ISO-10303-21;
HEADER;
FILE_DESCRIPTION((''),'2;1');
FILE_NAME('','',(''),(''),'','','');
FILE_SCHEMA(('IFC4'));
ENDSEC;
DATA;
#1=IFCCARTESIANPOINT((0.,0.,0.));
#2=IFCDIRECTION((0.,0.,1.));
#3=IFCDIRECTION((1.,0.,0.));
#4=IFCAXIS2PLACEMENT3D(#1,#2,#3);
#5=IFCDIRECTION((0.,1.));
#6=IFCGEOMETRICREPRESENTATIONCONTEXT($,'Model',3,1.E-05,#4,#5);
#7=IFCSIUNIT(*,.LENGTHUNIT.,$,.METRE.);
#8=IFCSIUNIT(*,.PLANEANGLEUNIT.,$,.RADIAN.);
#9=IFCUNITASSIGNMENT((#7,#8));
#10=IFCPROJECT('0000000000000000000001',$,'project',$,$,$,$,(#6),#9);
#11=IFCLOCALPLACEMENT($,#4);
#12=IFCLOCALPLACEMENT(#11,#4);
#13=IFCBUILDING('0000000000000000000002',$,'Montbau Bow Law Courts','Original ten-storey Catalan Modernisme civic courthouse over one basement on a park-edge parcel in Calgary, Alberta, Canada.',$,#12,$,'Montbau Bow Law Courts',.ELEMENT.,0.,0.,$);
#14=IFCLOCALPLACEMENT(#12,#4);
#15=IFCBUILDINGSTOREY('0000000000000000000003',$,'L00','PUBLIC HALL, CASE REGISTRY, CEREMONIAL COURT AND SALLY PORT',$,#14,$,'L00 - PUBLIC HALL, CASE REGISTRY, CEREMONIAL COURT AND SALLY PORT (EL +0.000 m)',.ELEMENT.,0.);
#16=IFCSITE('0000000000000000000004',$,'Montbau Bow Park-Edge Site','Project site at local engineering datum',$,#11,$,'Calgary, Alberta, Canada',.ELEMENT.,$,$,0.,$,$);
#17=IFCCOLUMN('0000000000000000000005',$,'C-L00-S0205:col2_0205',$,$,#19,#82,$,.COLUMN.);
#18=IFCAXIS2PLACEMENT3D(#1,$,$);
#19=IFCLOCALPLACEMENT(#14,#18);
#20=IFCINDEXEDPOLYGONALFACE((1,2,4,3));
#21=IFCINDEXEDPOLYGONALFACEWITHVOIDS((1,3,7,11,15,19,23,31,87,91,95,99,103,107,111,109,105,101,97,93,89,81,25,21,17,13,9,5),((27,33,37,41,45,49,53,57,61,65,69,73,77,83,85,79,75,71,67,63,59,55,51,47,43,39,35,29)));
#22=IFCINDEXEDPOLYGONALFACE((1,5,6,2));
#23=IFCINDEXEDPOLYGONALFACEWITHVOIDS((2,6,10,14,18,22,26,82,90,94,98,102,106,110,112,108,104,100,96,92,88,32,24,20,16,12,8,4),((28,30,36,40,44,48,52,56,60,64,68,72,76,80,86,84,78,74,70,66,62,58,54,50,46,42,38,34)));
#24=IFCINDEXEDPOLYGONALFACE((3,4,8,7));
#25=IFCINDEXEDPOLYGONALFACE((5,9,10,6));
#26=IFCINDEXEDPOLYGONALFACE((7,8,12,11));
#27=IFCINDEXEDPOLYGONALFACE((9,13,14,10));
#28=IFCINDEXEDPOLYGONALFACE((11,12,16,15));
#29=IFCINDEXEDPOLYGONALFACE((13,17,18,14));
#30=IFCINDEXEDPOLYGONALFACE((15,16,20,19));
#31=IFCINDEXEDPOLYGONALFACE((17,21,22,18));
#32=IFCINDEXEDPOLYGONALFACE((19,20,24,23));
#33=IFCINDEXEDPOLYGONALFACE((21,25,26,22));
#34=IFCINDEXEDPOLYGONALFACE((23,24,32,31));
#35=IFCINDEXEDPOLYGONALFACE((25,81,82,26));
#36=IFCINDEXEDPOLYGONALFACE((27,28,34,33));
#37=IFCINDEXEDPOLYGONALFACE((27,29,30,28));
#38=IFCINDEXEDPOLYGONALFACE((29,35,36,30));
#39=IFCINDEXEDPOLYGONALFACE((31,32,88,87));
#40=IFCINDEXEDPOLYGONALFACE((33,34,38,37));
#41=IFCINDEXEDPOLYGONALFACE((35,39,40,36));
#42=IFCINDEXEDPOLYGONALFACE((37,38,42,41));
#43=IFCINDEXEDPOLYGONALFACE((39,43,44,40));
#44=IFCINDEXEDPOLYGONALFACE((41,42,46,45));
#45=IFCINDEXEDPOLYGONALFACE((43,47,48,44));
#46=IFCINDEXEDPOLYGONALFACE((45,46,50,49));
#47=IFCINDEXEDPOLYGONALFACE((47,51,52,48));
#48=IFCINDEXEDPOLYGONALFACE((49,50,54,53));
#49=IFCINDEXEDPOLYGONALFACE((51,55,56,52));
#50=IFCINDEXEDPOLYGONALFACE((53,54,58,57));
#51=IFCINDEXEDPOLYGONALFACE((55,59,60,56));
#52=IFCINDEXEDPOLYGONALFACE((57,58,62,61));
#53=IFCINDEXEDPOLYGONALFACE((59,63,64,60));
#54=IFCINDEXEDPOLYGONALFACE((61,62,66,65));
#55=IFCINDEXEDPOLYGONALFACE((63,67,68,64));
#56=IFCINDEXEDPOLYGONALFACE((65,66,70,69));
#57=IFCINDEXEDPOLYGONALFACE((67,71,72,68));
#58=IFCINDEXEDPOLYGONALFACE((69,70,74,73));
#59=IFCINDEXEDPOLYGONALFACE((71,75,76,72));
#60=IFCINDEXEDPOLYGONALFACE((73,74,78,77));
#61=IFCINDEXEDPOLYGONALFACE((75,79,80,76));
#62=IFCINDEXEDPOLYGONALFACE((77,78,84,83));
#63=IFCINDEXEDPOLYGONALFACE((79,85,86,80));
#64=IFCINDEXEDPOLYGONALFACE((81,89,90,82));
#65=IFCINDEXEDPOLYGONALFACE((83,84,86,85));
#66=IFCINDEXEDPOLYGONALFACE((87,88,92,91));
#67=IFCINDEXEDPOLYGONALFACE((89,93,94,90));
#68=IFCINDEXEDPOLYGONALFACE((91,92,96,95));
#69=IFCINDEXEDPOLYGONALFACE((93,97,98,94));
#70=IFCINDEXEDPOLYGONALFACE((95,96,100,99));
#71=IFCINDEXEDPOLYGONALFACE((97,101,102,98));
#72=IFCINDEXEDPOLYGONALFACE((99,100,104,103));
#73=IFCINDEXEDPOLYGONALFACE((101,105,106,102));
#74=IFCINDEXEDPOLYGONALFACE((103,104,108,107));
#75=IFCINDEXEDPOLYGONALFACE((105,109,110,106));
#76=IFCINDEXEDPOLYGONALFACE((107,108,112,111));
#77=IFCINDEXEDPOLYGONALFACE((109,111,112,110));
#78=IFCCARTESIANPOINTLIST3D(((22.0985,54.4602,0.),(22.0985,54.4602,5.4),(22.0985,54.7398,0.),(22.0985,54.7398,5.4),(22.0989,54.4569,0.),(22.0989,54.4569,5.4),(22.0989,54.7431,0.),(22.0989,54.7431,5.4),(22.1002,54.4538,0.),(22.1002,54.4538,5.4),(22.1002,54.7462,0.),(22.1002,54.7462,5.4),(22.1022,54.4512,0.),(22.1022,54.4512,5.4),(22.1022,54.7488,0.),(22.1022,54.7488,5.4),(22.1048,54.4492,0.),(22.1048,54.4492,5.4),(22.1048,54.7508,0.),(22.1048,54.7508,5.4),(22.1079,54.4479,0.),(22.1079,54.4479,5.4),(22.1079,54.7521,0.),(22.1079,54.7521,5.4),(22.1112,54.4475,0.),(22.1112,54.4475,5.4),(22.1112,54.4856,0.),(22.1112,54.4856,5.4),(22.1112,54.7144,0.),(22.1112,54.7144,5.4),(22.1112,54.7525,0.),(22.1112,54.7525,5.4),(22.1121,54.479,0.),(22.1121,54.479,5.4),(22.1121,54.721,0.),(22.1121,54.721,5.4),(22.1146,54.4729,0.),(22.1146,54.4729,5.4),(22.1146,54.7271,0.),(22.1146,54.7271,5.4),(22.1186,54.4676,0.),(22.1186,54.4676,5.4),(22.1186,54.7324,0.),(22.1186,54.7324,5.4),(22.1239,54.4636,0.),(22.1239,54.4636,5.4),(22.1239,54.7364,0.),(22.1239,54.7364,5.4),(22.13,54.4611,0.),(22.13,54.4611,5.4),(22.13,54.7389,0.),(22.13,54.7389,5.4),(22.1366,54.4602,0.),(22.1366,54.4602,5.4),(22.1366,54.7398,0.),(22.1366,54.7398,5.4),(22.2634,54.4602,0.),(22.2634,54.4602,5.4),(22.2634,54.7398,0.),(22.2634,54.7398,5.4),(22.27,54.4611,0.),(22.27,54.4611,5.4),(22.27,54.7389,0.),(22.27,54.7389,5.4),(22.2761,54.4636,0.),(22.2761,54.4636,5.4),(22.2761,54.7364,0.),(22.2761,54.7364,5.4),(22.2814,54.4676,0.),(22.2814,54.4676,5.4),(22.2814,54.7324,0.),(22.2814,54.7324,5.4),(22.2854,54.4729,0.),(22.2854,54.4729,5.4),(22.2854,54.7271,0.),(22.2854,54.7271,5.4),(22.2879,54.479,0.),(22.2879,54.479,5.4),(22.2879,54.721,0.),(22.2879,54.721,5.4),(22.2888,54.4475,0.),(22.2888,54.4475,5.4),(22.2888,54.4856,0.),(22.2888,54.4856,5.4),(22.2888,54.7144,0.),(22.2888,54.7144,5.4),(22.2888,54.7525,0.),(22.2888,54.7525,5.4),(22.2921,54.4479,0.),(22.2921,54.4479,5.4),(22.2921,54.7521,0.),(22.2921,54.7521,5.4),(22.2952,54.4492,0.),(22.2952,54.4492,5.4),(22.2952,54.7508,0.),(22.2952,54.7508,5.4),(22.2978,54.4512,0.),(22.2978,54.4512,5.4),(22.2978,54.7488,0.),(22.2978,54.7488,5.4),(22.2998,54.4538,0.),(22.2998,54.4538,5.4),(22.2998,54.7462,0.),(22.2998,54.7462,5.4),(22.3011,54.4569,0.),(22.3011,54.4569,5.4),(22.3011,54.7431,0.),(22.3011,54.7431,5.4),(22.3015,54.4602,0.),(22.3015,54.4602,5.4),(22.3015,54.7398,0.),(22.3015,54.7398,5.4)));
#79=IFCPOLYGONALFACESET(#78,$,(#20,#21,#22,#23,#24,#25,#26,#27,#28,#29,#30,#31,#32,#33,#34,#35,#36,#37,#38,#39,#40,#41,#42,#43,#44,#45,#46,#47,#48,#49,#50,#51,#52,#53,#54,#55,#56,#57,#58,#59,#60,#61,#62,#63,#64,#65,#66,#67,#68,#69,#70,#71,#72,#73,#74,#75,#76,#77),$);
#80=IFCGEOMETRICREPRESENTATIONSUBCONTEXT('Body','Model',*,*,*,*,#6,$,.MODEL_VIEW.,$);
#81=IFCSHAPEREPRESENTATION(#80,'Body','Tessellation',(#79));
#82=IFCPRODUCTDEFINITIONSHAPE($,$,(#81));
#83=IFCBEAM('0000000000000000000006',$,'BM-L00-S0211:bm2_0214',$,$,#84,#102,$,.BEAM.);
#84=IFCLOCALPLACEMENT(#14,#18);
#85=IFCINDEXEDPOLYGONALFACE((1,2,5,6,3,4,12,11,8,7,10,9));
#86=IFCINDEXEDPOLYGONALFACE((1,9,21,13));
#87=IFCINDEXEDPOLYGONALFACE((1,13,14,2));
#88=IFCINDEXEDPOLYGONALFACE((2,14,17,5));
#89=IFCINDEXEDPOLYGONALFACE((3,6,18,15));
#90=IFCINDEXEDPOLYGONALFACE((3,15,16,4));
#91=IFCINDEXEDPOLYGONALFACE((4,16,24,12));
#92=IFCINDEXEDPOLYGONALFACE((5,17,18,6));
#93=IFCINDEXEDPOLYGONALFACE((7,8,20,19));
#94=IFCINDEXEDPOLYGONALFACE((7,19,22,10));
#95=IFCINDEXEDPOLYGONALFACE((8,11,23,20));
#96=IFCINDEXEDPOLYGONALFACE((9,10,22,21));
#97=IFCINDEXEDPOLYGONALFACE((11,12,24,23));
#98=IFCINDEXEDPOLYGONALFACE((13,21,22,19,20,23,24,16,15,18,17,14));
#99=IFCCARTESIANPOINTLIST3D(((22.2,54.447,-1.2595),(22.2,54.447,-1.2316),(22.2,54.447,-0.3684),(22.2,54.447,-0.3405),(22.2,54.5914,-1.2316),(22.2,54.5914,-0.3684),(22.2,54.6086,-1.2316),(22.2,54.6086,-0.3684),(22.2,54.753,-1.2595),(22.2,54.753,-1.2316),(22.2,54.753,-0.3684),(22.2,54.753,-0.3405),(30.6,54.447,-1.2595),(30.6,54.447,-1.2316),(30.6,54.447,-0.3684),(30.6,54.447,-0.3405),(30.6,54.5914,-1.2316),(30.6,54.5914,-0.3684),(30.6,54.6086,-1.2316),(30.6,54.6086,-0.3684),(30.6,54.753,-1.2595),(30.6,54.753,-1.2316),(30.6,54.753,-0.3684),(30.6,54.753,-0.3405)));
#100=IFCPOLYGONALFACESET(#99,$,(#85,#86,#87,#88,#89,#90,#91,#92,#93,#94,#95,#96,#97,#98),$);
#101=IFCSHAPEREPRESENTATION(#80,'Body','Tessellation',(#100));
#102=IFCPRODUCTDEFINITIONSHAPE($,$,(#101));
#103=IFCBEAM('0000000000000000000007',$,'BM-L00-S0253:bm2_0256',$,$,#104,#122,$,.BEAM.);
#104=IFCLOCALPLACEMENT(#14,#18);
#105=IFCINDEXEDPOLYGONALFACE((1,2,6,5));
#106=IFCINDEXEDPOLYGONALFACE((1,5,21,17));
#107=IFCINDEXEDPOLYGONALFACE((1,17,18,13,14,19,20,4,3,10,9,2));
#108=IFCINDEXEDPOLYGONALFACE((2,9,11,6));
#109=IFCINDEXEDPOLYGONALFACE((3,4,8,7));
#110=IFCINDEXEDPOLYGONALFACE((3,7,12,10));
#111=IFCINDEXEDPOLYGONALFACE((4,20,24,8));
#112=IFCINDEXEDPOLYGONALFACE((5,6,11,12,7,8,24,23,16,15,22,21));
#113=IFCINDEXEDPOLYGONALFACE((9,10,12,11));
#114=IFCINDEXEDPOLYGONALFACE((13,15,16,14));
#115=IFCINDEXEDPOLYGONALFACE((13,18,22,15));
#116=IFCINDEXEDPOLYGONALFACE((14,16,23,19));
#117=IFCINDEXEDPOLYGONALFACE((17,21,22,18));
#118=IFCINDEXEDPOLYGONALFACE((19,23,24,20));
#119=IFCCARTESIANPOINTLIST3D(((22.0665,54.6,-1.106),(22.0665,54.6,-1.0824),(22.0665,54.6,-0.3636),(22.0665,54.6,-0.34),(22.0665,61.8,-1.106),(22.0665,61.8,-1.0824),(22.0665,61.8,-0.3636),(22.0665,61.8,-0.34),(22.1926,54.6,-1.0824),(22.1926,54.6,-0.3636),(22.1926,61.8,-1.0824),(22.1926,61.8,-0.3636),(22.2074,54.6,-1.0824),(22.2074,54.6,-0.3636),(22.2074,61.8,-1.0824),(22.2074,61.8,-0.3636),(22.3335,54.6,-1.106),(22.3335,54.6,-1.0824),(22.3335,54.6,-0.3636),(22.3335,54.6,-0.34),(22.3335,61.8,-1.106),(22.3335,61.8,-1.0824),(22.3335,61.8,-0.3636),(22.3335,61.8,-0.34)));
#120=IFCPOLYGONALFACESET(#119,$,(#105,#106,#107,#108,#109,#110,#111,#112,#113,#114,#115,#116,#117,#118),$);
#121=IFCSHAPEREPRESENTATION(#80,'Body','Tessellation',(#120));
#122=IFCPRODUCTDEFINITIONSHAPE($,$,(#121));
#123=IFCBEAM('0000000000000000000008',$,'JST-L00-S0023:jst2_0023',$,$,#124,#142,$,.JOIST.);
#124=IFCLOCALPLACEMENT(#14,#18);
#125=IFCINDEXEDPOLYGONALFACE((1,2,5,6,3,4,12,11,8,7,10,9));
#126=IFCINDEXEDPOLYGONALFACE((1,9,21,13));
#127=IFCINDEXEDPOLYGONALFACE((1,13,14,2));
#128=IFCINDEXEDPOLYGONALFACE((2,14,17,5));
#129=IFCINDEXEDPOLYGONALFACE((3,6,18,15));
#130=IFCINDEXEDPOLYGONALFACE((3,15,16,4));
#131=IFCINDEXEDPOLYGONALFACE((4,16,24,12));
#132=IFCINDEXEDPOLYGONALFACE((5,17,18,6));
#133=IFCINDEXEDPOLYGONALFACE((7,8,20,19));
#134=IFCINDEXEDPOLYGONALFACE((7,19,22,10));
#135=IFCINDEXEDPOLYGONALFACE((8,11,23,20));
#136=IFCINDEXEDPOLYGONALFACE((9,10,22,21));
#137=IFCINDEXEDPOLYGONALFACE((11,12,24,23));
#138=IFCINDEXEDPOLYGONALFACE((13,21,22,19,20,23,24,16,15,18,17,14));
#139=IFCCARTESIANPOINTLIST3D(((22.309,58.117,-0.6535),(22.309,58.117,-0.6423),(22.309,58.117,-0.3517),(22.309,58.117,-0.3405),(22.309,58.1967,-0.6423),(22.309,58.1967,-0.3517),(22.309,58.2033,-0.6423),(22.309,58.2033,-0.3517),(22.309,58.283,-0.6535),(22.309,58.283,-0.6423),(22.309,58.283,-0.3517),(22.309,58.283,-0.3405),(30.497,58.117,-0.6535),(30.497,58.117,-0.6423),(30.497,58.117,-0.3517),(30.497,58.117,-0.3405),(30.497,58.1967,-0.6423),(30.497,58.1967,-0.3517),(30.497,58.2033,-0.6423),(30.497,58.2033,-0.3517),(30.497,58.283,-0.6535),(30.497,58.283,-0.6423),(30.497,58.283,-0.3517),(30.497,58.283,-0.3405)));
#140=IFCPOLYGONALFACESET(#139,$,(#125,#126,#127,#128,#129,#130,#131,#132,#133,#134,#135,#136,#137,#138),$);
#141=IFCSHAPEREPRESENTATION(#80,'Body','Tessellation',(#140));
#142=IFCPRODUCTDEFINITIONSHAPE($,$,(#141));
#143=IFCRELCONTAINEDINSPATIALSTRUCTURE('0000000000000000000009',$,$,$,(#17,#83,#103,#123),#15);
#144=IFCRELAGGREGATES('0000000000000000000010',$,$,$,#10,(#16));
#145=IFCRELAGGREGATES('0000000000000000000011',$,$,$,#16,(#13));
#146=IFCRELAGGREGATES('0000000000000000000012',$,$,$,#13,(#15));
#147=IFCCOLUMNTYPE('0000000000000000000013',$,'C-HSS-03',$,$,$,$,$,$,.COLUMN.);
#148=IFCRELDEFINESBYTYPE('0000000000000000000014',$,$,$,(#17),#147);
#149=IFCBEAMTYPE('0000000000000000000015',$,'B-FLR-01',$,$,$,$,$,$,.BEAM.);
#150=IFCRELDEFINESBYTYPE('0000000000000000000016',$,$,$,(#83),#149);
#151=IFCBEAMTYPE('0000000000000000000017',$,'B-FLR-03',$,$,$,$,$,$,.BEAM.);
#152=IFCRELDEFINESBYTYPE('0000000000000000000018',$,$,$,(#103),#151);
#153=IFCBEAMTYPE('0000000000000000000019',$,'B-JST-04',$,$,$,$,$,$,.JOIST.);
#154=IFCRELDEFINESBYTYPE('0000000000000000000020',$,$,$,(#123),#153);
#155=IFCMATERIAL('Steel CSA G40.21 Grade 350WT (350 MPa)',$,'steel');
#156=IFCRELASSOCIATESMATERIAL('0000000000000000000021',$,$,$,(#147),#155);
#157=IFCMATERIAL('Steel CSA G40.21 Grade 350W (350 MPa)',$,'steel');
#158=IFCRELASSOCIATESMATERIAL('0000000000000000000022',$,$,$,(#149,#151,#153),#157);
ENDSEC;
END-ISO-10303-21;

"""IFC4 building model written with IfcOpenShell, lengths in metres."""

from ifc_helpers import new_model, si_unit, direction, frame, origin_with_axes, origin_2d_with_axis, place, context, subcontext, project, spatial, hollow_rectangle, i_section, extrude, material, material_profile, profile_set, type_object, element, save


model = new_model("IFC4")

# Units and contexts
model_context = context("Model", 3, precision=1e-05, world=origin_with_axes(), true_north=direction((0.0, 1.0)))
body_context = subcontext(model_context, "Body", "Model", "MODEL_VIEW")
ifc_project = project(units=[si_unit("LENGTHUNIT", "METRE"), si_unit("PLANEANGLEUNIT", "RADIAN")], contexts=[model_context])

# Site, building, storey
site_placement = place(None, origin_with_axes())
site = spatial("IfcSite", under=ifc_project, at=site_placement, Name="Montbau Bow Park-Edge Site", Description="Project site at local engineering datum", LongName="Calgary, Alberta, Canada", CompositionType="ELEMENT", RefElevation=0.0)
building_placement = place(site_placement, origin_with_axes())
building = spatial("IfcBuilding", under=site, at=building_placement, Name="Montbau Bow Law Courts", Description="Original ten-storey Catalan Modernisme civic courthouse over one basement on a park-edge parcel in Calgary, Alberta, Canada.", LongName="Montbau Bow Law Courts", CompositionType="ELEMENT", ElevationOfRefHeight=0.0, ElevationOfTerrain=0.0)
storey_placement = place(building_placement, origin_with_axes())
storey = spatial("IfcBuildingStorey", under=building, at=storey_placement, Name="L00", Description="PUBLIC HALL, CASE REGISTRY, CEREMONIAL COURT AND SALLY PORT", LongName="L00 - PUBLIC HALL, CASE REGISTRY, CEREMONIAL COURT AND SALLY PORT (EL +0.000 m)", CompositionType="ELEMENT", Elevation=0.0)

# Column
ifc_material_1 = material(Name="Steel CSA G40.21 Grade 350WT (350 MPa)", Category="steel")
ifc_material_profile_1 = material_profile(ifc_material_1, hollow_rectangle(XDim=0.203, YDim=0.305, WallThickness=0.0127, InnerFilletRadius=0.0254, OuterFilletRadius=0.0127, at=origin_2d_with_axis()), Name="HSS305X203X13", Category="Main", Priority=0)
ifc_profile_set_1 = profile_set([ifc_material_profile_1], Name="Steel CSA G40.21 Grade 350WT (350 MPa)")
column_type = type_object("IfcColumnType", Name="C-HSS-03", PredefinedType="COLUMN", material=ifc_profile_set_1)
column_placement = place(None, frame((22.2, 54.6, 0.0), z_axis=(0.0, 0.0, 1.0), x_axis=(1.0, 0.0, 0.0)))
element("IfcColumn", 1, at=column_placement, inside=storey, type_object=column_type, Name="C-L00-S0205:col2_0205", PredefinedType="COLUMN", context=body_context, shape_type="SweptSolid", body=[
    extrude(hollow_rectangle(XDim=0.203, YDim=0.305, WallThickness=0.0127, InnerFilletRadius=0.0254, OuterFilletRadius=0.0127, at=origin_2d_with_axis()), origin_with_axes(), (0.0, 0.0, 1.0), 5.4),
])

# Beams
ifc_material_2 = material(Name="Steel CSA G40.21 Grade 350W (350 MPa)", Category="steel")
ifc_material_profile_2 = material_profile(ifc_material_2, i_section(OverallWidth=0.306, OverallDepth=0.919, WebThickness=0.0173, FlangeThickness=0.0279, at=origin_2d_with_axis()), Name="W920X253", Category="Main", Priority=0)
ifc_profile_set_2 = profile_set([ifc_material_profile_2], Name="Steel CSA G40.21 Grade 350W (350 MPa)")
beam_type_1 = type_object("IfcBeamType", Name="B-FLR-01", PredefinedType="BEAM", material=ifc_profile_set_2)
beam_1_placement = place(None, frame((22.2, 54.6, -0.8), z_axis=(1.0, 0.0, 0.0), x_axis=(0.0, 1.0, 0.0)))
element("IfcBeam", 2, at=beam_1_placement, inside=storey, type_object=beam_type_1, Name="BM-L00-S0211:bm2_0214", PredefinedType="BEAM", context=body_context, shape_type="SweptSolid", body=[
    extrude(i_section(OverallWidth=0.306, OverallDepth=0.919, WebThickness=0.0173, FlangeThickness=0.0279, at=origin_2d_with_axis()), origin_with_axes(), (0.0, 0.0, 1.0), 8.4),
])
ifc_material_profile_3 = material_profile(ifc_material_2, i_section(OverallWidth=0.267, OverallDepth=0.766, WebThickness=0.0149, FlangeThickness=0.0236, at=origin_2d_with_axis()), Name="W760X185", Category="Main", Priority=0)
ifc_profile_set_3 = profile_set([ifc_material_profile_3], Name="Steel CSA G40.21 Grade 350W (350 MPa)")
beam_type_2 = type_object("IfcBeamType", Name="B-FLR-03", PredefinedType="BEAM", material=ifc_profile_set_3)
beam_2_placement = place(None, frame((22.2, 54.6, -0.723), z_axis=(0.0, 1.0, 0.0), x_axis=(-1.0, 0.0, 0.0)))
element("IfcBeam", 3, at=beam_2_placement, inside=storey, type_object=beam_type_2, Name="BM-L00-S0253:bm2_0256", PredefinedType="BEAM", context=body_context, shape_type="SweptSolid", body=[
    extrude(i_section(OverallWidth=0.267, OverallDepth=0.766, WebThickness=0.0149, FlangeThickness=0.0236, at=origin_2d_with_axis()), origin_with_axes(), (0.0, 0.0, 1.0), 7.2),
])
ifc_material_profile_4 = material_profile(ifc_material_2, i_section(OverallWidth=0.166, OverallDepth=0.313, WebThickness=0.0066, FlangeThickness=0.0112, at=origin_2d_with_axis()), Name="W310X45", Category="Main", Priority=0)
ifc_profile_set_4 = profile_set([ifc_material_profile_4], Name="Steel CSA G40.21 Grade 350W (350 MPa)")
beam_type_3 = type_object("IfcBeamType", Name="B-JST-04", PredefinedType="JOIST", material=ifc_profile_set_4)
beam_3_placement = place(None, frame((22.309, 58.2, -0.497), z_axis=(1.0, 0.0, 0.0), x_axis=(0.0, 1.0, 0.0)))
element("IfcBeam", 4, at=beam_3_placement, inside=storey, type_object=beam_type_3, Name="JST-L00-S0023:jst2_0023", PredefinedType="JOIST", context=body_context, shape_type="SweptSolid", body=[
    extrude(i_section(OverallWidth=0.166, OverallDepth=0.313, WebThickness=0.0066, FlangeThickness=0.0112, at=origin_2d_with_axis()), origin_with_axes(), (0.0, 0.0, 1.0), 8.188),
])

save(model, "model.ifc")
